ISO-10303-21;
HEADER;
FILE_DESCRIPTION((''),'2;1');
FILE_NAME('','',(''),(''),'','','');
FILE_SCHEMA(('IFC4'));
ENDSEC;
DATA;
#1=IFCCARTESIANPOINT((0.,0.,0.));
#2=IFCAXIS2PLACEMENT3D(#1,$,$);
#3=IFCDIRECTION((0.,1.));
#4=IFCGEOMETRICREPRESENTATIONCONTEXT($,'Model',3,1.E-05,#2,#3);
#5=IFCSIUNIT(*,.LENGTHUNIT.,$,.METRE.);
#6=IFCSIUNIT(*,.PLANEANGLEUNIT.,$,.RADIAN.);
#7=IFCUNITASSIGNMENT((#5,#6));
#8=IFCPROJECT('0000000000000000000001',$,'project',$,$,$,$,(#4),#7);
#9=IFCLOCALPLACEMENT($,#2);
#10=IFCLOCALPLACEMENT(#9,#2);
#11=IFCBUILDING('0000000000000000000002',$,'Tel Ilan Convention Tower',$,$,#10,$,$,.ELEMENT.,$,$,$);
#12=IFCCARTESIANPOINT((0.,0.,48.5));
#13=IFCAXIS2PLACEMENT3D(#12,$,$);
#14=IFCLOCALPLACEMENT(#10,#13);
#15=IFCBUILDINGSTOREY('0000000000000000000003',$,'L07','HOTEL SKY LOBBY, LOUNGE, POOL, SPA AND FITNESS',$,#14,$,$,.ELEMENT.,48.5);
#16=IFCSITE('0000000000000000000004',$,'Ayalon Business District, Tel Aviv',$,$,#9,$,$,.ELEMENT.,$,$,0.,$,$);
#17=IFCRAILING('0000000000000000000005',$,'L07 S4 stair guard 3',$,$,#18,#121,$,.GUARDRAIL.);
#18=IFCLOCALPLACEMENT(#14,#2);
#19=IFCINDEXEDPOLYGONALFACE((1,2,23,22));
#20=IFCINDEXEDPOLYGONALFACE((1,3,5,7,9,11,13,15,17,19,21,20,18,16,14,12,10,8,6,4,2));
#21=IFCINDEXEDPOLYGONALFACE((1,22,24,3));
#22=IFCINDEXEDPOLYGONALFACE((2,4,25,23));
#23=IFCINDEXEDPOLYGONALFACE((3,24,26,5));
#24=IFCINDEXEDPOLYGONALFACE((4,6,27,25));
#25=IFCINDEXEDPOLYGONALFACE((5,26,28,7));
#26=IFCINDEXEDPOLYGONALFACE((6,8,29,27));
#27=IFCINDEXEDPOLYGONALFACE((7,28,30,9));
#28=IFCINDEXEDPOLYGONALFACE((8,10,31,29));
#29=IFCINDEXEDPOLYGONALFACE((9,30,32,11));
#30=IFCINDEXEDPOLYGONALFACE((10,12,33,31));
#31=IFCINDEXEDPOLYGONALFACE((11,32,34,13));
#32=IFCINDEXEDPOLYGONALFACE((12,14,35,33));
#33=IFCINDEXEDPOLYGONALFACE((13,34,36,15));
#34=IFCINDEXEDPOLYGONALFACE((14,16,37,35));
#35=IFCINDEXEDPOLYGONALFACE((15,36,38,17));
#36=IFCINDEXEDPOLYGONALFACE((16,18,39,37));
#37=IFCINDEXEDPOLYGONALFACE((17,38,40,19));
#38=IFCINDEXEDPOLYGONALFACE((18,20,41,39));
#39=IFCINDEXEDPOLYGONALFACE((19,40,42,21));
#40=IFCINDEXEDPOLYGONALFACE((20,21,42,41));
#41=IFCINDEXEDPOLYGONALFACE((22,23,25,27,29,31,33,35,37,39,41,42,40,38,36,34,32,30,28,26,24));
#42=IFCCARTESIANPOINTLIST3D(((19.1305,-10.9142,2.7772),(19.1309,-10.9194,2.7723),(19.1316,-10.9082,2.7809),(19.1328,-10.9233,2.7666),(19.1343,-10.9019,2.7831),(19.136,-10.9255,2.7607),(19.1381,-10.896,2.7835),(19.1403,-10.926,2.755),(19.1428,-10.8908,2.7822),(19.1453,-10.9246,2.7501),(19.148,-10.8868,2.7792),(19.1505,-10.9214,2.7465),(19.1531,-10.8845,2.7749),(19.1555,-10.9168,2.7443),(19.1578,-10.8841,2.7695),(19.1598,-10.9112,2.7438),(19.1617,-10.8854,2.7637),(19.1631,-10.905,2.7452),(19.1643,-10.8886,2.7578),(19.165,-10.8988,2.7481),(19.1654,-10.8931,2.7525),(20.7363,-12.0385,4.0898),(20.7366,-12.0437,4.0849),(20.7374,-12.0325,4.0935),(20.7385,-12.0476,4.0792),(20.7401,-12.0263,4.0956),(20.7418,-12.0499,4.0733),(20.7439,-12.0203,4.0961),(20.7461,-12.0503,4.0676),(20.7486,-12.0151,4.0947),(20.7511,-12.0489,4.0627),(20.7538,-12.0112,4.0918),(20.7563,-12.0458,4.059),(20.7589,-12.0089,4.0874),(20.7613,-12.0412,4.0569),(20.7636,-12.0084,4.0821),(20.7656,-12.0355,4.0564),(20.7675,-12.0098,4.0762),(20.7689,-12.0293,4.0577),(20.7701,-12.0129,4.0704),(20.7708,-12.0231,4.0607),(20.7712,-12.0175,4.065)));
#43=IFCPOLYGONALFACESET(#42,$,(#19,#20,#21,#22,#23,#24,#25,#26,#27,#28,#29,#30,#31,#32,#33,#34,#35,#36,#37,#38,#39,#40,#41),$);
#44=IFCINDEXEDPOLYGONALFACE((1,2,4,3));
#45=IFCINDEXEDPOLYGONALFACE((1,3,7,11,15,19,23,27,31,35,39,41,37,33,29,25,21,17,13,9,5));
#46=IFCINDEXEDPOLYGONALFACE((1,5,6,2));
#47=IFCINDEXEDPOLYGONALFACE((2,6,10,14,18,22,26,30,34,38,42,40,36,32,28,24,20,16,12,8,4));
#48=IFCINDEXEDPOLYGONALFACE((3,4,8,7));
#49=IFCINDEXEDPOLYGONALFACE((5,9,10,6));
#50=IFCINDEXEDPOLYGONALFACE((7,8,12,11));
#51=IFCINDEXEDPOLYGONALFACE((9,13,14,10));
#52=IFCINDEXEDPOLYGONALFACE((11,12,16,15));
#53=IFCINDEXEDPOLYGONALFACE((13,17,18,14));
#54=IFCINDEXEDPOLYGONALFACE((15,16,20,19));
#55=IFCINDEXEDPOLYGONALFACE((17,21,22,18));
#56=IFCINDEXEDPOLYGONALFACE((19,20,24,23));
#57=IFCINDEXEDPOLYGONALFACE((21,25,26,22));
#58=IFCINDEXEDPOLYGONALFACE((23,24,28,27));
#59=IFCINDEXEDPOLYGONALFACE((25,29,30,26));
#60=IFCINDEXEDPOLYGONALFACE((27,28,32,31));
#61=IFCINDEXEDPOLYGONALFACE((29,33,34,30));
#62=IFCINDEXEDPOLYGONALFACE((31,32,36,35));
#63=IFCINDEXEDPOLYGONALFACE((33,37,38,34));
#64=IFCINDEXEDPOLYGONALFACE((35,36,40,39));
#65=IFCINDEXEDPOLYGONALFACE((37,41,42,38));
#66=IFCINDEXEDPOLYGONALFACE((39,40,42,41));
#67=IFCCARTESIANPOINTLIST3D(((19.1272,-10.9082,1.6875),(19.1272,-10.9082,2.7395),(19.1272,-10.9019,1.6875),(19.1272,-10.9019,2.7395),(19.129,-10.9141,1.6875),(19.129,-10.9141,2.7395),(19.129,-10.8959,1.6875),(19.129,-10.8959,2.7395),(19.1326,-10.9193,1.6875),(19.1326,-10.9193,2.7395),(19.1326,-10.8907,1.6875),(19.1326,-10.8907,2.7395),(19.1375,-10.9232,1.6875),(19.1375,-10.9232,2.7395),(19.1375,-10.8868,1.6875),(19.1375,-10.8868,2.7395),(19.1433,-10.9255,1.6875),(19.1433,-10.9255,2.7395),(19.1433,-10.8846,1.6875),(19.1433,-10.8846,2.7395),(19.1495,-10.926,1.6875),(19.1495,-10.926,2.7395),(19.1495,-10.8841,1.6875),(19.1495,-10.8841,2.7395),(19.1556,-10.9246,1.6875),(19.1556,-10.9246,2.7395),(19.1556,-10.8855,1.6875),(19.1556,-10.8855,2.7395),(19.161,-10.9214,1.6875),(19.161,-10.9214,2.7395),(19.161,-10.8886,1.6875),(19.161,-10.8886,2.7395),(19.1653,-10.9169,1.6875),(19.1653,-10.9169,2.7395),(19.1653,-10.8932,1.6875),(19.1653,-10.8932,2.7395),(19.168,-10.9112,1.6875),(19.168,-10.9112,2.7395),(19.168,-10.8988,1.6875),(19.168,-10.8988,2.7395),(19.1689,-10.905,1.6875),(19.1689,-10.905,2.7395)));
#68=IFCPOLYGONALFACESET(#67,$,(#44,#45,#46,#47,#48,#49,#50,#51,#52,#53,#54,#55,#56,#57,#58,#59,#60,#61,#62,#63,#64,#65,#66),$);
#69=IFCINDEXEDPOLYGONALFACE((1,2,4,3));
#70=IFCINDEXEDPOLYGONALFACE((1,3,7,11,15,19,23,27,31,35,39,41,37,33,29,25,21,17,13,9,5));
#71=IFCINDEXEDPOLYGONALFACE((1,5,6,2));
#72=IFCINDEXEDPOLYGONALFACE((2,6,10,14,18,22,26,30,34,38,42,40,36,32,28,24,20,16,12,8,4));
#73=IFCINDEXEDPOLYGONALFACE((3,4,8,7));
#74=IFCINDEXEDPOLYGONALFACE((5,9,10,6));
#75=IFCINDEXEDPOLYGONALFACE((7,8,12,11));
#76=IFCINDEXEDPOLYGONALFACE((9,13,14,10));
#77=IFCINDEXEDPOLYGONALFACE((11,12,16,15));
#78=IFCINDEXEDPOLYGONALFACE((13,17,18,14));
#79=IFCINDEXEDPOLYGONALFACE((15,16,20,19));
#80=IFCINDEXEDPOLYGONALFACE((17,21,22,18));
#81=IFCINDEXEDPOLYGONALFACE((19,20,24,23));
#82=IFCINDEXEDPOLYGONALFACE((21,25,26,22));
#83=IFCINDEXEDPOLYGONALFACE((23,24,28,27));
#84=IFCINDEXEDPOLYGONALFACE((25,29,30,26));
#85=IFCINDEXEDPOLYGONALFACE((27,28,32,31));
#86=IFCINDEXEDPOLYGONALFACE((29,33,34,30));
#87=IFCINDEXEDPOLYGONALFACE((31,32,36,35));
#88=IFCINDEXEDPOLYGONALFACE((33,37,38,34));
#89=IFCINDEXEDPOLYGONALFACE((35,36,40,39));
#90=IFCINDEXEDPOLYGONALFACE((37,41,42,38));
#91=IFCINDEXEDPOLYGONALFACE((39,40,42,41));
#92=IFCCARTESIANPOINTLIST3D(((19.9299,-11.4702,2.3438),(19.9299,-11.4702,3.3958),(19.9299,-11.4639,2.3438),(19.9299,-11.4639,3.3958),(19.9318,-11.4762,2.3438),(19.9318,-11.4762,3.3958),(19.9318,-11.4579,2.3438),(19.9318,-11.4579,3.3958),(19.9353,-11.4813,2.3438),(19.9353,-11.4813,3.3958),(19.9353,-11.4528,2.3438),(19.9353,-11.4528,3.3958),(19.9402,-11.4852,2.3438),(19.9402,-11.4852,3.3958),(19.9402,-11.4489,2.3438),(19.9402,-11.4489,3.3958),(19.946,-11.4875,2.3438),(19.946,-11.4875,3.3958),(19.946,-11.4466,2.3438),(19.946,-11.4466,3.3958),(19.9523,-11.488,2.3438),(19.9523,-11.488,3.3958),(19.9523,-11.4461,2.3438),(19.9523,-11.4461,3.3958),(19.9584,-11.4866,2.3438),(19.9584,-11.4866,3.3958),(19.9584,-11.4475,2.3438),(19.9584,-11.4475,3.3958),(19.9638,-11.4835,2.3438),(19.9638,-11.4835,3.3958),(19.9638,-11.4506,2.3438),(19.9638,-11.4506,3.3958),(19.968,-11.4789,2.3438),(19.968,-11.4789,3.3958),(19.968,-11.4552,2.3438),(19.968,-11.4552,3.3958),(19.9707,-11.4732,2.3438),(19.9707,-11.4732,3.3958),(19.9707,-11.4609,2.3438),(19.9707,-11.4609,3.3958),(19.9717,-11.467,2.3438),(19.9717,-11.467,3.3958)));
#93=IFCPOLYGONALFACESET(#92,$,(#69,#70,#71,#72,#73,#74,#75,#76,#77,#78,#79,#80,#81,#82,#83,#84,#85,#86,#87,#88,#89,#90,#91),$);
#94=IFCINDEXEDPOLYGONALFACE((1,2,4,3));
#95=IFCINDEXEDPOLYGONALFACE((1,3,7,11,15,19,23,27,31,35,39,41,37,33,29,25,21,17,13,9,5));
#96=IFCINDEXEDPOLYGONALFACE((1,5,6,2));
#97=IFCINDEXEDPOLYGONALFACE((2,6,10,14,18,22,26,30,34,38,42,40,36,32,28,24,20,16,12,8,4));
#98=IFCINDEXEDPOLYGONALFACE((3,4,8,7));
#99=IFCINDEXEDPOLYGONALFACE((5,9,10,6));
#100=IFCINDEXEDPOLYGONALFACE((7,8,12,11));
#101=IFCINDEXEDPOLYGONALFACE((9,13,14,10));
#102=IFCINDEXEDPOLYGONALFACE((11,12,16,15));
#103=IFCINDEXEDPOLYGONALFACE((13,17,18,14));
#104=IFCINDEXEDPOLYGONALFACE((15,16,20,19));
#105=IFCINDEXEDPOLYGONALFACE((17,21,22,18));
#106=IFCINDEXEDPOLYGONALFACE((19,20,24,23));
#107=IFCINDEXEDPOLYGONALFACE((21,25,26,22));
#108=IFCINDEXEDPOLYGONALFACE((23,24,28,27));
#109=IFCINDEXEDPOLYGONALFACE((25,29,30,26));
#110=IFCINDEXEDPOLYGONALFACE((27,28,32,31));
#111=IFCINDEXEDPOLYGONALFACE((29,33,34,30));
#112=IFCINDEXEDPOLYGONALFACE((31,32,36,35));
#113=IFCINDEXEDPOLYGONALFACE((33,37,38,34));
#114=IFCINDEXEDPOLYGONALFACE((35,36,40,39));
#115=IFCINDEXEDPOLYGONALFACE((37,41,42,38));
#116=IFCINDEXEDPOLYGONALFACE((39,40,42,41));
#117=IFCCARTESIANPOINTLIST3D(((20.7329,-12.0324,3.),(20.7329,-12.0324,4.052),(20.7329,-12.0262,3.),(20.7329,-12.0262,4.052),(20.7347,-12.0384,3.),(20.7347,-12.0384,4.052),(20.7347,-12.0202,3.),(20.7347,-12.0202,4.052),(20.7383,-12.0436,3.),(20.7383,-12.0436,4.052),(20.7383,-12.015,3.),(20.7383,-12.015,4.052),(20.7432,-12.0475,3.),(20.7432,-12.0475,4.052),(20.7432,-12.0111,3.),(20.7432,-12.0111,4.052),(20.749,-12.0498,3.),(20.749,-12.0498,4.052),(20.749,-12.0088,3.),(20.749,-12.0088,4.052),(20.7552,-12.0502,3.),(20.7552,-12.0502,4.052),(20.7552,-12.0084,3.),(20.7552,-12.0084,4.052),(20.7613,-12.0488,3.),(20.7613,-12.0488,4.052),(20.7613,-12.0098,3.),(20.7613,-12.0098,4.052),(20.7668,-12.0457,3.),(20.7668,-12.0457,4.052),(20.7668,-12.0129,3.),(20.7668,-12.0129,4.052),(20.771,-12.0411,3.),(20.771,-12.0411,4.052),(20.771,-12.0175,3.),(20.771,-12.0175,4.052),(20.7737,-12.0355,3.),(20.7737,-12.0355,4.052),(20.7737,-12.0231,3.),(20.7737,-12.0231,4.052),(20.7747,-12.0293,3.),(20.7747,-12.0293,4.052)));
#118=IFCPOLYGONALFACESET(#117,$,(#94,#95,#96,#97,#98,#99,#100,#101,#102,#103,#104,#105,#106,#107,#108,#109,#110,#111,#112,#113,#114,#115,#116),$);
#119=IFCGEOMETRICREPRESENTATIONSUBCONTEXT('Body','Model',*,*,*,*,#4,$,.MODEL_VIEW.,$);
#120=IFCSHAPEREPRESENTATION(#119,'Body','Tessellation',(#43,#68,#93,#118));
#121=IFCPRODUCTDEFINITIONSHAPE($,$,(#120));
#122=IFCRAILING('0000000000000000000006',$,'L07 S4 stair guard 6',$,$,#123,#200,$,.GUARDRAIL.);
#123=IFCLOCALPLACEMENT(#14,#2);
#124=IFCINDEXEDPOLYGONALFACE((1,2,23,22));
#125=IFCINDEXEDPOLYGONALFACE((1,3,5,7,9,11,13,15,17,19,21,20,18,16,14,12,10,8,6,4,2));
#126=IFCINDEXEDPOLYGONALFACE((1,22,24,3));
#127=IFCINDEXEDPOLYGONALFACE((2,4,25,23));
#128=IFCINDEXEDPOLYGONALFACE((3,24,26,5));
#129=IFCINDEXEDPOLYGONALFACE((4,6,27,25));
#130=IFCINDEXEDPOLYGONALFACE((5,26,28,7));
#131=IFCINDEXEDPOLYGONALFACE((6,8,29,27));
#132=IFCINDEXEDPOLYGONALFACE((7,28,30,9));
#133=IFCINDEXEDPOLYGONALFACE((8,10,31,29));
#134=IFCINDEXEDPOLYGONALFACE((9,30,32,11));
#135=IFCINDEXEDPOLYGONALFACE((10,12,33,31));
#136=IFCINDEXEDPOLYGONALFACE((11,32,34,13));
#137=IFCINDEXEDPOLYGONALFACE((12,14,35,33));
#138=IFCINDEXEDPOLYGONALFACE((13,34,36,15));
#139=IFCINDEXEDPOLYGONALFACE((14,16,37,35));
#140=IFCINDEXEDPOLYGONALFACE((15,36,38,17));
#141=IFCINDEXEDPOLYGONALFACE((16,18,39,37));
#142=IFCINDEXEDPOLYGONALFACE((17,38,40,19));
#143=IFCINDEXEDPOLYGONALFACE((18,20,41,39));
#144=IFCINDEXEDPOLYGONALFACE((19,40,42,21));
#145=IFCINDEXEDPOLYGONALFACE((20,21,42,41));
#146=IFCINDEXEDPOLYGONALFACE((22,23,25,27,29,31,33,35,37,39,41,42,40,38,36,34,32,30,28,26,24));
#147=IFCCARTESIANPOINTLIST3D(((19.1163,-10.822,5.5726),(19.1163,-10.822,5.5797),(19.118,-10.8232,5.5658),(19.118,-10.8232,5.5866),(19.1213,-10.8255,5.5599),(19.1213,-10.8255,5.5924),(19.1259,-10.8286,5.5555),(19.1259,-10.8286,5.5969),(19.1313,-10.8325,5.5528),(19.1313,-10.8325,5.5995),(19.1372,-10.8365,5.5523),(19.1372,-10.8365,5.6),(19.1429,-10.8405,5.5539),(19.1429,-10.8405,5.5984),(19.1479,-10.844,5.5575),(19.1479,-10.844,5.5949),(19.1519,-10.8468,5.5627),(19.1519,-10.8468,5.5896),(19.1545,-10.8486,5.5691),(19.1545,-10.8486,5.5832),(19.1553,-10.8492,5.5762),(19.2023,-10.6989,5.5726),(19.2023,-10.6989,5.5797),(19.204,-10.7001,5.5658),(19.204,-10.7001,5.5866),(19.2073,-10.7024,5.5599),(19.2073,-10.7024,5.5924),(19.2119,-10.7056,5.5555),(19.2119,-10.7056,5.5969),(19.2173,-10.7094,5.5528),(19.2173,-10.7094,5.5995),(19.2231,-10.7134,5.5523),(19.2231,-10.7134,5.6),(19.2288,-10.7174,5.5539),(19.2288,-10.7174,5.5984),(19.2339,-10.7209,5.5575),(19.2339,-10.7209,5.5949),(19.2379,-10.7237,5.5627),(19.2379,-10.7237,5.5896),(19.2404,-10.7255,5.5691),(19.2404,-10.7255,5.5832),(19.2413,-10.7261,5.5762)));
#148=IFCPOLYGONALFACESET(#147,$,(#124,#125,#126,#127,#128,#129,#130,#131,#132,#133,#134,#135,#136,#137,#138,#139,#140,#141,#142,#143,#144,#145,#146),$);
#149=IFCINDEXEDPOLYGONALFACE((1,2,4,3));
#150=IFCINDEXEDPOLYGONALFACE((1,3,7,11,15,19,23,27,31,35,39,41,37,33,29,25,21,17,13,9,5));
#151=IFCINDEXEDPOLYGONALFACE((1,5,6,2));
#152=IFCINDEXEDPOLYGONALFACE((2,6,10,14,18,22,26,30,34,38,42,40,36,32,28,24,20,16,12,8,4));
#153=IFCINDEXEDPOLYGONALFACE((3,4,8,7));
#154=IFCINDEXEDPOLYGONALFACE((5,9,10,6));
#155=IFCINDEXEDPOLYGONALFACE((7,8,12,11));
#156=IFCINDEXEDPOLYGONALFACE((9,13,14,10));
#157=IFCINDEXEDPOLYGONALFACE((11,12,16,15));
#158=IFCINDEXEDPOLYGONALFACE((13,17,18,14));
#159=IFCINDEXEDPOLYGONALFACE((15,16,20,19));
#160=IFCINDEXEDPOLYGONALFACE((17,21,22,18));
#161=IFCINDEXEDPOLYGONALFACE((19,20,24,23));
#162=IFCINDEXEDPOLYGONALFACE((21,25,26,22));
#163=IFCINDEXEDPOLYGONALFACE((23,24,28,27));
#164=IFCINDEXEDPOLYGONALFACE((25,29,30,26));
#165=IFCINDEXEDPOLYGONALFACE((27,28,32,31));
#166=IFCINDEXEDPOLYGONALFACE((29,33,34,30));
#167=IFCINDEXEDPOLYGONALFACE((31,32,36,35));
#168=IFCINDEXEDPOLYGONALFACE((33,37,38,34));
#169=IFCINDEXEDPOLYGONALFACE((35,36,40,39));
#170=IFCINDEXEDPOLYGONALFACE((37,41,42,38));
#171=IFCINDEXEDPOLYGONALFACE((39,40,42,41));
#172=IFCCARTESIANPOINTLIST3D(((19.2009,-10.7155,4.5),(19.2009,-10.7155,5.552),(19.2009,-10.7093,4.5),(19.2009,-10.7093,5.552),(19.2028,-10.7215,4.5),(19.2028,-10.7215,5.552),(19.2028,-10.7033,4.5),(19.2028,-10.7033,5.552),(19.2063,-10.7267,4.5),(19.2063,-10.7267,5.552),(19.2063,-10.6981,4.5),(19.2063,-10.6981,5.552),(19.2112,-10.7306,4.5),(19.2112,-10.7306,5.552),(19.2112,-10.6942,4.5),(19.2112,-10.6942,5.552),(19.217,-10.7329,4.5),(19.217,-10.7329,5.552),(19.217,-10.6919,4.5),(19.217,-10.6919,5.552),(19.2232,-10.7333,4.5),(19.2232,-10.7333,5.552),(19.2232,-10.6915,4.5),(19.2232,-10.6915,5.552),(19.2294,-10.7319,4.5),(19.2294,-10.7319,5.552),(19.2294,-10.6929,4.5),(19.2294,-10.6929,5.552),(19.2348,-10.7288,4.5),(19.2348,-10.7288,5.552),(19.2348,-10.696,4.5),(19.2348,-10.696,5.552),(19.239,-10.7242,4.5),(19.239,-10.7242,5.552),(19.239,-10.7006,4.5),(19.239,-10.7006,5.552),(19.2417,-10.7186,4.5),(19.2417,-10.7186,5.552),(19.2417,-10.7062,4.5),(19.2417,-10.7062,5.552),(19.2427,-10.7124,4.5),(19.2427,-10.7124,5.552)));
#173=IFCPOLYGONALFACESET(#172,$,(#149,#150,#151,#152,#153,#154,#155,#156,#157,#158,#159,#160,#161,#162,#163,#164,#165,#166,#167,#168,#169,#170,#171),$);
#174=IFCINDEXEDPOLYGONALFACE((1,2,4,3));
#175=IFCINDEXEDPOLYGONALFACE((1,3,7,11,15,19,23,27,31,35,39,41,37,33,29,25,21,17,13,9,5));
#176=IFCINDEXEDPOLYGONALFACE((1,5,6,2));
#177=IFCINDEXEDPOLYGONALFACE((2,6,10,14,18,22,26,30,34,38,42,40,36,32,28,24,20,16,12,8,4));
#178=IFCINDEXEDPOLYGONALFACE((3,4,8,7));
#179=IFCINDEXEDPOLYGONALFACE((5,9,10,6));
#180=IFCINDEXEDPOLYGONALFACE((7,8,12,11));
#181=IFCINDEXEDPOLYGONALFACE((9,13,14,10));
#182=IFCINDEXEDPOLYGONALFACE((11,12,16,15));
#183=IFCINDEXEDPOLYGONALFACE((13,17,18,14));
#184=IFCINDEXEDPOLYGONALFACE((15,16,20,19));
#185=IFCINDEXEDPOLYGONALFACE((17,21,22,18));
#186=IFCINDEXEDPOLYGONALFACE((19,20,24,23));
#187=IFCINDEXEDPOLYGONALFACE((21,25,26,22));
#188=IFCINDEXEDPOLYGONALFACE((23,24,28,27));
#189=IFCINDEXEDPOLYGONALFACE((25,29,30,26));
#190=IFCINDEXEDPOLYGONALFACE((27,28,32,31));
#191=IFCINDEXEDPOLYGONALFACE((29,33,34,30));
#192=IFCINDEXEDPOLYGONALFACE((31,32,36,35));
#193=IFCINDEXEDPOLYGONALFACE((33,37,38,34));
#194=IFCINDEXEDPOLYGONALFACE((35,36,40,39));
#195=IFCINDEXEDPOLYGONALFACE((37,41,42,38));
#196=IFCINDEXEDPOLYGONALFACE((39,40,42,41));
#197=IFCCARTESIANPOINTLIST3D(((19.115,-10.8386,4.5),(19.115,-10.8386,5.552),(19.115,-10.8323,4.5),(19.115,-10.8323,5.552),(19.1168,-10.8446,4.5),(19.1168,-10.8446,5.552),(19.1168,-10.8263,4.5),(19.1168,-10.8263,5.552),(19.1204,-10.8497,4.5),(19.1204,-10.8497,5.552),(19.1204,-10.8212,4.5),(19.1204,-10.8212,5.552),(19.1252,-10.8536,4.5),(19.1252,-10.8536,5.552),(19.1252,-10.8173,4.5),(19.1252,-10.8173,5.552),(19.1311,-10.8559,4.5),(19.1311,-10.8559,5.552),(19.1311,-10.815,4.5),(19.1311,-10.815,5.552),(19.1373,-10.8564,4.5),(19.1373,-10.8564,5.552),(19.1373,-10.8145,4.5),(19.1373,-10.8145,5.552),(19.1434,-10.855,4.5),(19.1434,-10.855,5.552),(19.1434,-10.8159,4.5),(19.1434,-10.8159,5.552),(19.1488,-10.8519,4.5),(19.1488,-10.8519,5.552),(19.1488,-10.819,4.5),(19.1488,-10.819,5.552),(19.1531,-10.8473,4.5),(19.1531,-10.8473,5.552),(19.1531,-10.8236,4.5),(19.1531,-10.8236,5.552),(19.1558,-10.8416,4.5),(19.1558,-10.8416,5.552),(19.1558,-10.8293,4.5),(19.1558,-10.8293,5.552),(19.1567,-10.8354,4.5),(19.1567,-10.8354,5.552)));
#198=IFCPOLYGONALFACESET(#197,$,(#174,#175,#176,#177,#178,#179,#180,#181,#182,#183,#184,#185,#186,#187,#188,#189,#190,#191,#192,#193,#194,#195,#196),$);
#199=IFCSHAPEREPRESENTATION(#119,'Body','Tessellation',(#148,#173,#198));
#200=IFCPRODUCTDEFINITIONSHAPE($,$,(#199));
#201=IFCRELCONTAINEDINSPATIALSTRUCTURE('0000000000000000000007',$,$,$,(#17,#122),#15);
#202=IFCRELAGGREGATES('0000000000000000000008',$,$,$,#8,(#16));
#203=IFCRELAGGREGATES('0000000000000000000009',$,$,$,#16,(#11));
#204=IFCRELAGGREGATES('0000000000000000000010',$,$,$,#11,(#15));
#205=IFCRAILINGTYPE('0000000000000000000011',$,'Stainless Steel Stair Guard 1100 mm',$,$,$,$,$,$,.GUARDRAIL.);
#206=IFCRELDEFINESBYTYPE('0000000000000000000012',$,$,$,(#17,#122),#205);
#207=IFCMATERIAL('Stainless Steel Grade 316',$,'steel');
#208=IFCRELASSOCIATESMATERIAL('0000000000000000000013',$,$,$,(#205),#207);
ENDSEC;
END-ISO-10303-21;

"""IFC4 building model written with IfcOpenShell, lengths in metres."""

from ifc_helpers import new_model, si_unit, direction, frame, origin, origin_2d, place, context, subcontext, project, spatial, circle, extrude, material, type_object, element, save


model = new_model("IFC4")

# Units and contexts
model_context = context("Model", 3, precision=1e-05, world=origin(), true_north=direction((0.0, 1.0)))
body_context = subcontext(model_context, "Body", "Model", "MODEL_VIEW")
ifc_project = project(units=[si_unit("LENGTHUNIT", "METRE"), si_unit("PLANEANGLEUNIT", "RADIAN")], contexts=[model_context])

# Site, building, storey
site_placement = place(None, origin())
site = spatial("IfcSite", under=ifc_project, at=site_placement, Name="Ayalon Business District, Tel Aviv", CompositionType="ELEMENT", RefElevation=0.0)
building_placement = place(site_placement, origin())
building = spatial("IfcBuilding", under=site, at=building_placement, Name="Tel Ilan Convention Tower", CompositionType="ELEMENT")
storey_placement = place(building_placement, frame((0.0, 0.0, 48.5)))
storey = spatial("IfcBuildingStorey", under=building, at=storey_placement, Name="L07", Description="HOTEL SKY LOBBY, LOUNGE, POOL, SPA AND FITNESS", CompositionType="ELEMENT", Elevation=48.5)

# Railings
ifc_material_1 = material(Name="Stainless Steel Grade 316", Category="steel")
railing_type_1 = type_object("IfcRailingType", Name="Stainless Steel Stair Guard 1100 mm", PredefinedType="GUARDRAIL", material=ifc_material_1)
railing_1_placement = place(storey_placement, frame((19.1479, -10.905, 1.6875)))
element("IfcRailing", 1, at=railing_1_placement, inside=storey, type_object=railing_type_1, Name="L07 S4 stair guard 3", PredefinedType="GUARDRAIL", context=body_context, shape_type="SweptSolid", body=[
    extrude(circle(Radius=0.0239, at=origin_2d()), frame((0.0, 0.0, 1.0762), z_axis=(0.680671, -0.476584, 0.556376), x_axis=(0.573554, 0.819168, 0.0)), (0.0, 0.0, 1.0), 2.3591),
    extrude(circle(Radius=0.021, at=origin_2d()), origin(), (0.0, 0.0, 1.0), 1.052),
    extrude(circle(Radius=0.021, at=origin_2d()), frame((0.8027, -0.562, 0.6562)), (0.0, 0.0, 1.0), 1.052),
    extrude(circle(Radius=0.021, at=origin_2d()), frame((1.6057, -1.1243, 1.3125)), (0.0, 0.0, 1.0), 1.052),
])
railing_2_placement = place(storey_placement, frame((19.2217, -10.7124, 4.5)))
element("IfcRailing", 2, at=railing_2_placement, inside=storey, type_object=railing_type_1, Name="L07 S4 stair guard 6", PredefinedType="GUARDRAIL", context=body_context, shape_type="SweptSolid", body=[
    extrude(circle(Radius=0.0239, at=origin_2d()), frame((0.0, 0.0, 1.0762), z_axis=(-0.572589, -0.819843, 0.0), x_axis=(0.819843, -0.572589, 0.0)), (0.0, 0.0, 1.0), 0.1501),
    extrude(circle(Radius=0.021, at=origin_2d()), origin(), (0.0, 0.0, 1.0), 1.052),
    extrude(circle(Radius=0.021, at=origin_2d()), frame((-0.0859, -0.123, 0.0)), (0.0, 0.0, 1.0), 1.052),
])

save(model, "model.ifc")
